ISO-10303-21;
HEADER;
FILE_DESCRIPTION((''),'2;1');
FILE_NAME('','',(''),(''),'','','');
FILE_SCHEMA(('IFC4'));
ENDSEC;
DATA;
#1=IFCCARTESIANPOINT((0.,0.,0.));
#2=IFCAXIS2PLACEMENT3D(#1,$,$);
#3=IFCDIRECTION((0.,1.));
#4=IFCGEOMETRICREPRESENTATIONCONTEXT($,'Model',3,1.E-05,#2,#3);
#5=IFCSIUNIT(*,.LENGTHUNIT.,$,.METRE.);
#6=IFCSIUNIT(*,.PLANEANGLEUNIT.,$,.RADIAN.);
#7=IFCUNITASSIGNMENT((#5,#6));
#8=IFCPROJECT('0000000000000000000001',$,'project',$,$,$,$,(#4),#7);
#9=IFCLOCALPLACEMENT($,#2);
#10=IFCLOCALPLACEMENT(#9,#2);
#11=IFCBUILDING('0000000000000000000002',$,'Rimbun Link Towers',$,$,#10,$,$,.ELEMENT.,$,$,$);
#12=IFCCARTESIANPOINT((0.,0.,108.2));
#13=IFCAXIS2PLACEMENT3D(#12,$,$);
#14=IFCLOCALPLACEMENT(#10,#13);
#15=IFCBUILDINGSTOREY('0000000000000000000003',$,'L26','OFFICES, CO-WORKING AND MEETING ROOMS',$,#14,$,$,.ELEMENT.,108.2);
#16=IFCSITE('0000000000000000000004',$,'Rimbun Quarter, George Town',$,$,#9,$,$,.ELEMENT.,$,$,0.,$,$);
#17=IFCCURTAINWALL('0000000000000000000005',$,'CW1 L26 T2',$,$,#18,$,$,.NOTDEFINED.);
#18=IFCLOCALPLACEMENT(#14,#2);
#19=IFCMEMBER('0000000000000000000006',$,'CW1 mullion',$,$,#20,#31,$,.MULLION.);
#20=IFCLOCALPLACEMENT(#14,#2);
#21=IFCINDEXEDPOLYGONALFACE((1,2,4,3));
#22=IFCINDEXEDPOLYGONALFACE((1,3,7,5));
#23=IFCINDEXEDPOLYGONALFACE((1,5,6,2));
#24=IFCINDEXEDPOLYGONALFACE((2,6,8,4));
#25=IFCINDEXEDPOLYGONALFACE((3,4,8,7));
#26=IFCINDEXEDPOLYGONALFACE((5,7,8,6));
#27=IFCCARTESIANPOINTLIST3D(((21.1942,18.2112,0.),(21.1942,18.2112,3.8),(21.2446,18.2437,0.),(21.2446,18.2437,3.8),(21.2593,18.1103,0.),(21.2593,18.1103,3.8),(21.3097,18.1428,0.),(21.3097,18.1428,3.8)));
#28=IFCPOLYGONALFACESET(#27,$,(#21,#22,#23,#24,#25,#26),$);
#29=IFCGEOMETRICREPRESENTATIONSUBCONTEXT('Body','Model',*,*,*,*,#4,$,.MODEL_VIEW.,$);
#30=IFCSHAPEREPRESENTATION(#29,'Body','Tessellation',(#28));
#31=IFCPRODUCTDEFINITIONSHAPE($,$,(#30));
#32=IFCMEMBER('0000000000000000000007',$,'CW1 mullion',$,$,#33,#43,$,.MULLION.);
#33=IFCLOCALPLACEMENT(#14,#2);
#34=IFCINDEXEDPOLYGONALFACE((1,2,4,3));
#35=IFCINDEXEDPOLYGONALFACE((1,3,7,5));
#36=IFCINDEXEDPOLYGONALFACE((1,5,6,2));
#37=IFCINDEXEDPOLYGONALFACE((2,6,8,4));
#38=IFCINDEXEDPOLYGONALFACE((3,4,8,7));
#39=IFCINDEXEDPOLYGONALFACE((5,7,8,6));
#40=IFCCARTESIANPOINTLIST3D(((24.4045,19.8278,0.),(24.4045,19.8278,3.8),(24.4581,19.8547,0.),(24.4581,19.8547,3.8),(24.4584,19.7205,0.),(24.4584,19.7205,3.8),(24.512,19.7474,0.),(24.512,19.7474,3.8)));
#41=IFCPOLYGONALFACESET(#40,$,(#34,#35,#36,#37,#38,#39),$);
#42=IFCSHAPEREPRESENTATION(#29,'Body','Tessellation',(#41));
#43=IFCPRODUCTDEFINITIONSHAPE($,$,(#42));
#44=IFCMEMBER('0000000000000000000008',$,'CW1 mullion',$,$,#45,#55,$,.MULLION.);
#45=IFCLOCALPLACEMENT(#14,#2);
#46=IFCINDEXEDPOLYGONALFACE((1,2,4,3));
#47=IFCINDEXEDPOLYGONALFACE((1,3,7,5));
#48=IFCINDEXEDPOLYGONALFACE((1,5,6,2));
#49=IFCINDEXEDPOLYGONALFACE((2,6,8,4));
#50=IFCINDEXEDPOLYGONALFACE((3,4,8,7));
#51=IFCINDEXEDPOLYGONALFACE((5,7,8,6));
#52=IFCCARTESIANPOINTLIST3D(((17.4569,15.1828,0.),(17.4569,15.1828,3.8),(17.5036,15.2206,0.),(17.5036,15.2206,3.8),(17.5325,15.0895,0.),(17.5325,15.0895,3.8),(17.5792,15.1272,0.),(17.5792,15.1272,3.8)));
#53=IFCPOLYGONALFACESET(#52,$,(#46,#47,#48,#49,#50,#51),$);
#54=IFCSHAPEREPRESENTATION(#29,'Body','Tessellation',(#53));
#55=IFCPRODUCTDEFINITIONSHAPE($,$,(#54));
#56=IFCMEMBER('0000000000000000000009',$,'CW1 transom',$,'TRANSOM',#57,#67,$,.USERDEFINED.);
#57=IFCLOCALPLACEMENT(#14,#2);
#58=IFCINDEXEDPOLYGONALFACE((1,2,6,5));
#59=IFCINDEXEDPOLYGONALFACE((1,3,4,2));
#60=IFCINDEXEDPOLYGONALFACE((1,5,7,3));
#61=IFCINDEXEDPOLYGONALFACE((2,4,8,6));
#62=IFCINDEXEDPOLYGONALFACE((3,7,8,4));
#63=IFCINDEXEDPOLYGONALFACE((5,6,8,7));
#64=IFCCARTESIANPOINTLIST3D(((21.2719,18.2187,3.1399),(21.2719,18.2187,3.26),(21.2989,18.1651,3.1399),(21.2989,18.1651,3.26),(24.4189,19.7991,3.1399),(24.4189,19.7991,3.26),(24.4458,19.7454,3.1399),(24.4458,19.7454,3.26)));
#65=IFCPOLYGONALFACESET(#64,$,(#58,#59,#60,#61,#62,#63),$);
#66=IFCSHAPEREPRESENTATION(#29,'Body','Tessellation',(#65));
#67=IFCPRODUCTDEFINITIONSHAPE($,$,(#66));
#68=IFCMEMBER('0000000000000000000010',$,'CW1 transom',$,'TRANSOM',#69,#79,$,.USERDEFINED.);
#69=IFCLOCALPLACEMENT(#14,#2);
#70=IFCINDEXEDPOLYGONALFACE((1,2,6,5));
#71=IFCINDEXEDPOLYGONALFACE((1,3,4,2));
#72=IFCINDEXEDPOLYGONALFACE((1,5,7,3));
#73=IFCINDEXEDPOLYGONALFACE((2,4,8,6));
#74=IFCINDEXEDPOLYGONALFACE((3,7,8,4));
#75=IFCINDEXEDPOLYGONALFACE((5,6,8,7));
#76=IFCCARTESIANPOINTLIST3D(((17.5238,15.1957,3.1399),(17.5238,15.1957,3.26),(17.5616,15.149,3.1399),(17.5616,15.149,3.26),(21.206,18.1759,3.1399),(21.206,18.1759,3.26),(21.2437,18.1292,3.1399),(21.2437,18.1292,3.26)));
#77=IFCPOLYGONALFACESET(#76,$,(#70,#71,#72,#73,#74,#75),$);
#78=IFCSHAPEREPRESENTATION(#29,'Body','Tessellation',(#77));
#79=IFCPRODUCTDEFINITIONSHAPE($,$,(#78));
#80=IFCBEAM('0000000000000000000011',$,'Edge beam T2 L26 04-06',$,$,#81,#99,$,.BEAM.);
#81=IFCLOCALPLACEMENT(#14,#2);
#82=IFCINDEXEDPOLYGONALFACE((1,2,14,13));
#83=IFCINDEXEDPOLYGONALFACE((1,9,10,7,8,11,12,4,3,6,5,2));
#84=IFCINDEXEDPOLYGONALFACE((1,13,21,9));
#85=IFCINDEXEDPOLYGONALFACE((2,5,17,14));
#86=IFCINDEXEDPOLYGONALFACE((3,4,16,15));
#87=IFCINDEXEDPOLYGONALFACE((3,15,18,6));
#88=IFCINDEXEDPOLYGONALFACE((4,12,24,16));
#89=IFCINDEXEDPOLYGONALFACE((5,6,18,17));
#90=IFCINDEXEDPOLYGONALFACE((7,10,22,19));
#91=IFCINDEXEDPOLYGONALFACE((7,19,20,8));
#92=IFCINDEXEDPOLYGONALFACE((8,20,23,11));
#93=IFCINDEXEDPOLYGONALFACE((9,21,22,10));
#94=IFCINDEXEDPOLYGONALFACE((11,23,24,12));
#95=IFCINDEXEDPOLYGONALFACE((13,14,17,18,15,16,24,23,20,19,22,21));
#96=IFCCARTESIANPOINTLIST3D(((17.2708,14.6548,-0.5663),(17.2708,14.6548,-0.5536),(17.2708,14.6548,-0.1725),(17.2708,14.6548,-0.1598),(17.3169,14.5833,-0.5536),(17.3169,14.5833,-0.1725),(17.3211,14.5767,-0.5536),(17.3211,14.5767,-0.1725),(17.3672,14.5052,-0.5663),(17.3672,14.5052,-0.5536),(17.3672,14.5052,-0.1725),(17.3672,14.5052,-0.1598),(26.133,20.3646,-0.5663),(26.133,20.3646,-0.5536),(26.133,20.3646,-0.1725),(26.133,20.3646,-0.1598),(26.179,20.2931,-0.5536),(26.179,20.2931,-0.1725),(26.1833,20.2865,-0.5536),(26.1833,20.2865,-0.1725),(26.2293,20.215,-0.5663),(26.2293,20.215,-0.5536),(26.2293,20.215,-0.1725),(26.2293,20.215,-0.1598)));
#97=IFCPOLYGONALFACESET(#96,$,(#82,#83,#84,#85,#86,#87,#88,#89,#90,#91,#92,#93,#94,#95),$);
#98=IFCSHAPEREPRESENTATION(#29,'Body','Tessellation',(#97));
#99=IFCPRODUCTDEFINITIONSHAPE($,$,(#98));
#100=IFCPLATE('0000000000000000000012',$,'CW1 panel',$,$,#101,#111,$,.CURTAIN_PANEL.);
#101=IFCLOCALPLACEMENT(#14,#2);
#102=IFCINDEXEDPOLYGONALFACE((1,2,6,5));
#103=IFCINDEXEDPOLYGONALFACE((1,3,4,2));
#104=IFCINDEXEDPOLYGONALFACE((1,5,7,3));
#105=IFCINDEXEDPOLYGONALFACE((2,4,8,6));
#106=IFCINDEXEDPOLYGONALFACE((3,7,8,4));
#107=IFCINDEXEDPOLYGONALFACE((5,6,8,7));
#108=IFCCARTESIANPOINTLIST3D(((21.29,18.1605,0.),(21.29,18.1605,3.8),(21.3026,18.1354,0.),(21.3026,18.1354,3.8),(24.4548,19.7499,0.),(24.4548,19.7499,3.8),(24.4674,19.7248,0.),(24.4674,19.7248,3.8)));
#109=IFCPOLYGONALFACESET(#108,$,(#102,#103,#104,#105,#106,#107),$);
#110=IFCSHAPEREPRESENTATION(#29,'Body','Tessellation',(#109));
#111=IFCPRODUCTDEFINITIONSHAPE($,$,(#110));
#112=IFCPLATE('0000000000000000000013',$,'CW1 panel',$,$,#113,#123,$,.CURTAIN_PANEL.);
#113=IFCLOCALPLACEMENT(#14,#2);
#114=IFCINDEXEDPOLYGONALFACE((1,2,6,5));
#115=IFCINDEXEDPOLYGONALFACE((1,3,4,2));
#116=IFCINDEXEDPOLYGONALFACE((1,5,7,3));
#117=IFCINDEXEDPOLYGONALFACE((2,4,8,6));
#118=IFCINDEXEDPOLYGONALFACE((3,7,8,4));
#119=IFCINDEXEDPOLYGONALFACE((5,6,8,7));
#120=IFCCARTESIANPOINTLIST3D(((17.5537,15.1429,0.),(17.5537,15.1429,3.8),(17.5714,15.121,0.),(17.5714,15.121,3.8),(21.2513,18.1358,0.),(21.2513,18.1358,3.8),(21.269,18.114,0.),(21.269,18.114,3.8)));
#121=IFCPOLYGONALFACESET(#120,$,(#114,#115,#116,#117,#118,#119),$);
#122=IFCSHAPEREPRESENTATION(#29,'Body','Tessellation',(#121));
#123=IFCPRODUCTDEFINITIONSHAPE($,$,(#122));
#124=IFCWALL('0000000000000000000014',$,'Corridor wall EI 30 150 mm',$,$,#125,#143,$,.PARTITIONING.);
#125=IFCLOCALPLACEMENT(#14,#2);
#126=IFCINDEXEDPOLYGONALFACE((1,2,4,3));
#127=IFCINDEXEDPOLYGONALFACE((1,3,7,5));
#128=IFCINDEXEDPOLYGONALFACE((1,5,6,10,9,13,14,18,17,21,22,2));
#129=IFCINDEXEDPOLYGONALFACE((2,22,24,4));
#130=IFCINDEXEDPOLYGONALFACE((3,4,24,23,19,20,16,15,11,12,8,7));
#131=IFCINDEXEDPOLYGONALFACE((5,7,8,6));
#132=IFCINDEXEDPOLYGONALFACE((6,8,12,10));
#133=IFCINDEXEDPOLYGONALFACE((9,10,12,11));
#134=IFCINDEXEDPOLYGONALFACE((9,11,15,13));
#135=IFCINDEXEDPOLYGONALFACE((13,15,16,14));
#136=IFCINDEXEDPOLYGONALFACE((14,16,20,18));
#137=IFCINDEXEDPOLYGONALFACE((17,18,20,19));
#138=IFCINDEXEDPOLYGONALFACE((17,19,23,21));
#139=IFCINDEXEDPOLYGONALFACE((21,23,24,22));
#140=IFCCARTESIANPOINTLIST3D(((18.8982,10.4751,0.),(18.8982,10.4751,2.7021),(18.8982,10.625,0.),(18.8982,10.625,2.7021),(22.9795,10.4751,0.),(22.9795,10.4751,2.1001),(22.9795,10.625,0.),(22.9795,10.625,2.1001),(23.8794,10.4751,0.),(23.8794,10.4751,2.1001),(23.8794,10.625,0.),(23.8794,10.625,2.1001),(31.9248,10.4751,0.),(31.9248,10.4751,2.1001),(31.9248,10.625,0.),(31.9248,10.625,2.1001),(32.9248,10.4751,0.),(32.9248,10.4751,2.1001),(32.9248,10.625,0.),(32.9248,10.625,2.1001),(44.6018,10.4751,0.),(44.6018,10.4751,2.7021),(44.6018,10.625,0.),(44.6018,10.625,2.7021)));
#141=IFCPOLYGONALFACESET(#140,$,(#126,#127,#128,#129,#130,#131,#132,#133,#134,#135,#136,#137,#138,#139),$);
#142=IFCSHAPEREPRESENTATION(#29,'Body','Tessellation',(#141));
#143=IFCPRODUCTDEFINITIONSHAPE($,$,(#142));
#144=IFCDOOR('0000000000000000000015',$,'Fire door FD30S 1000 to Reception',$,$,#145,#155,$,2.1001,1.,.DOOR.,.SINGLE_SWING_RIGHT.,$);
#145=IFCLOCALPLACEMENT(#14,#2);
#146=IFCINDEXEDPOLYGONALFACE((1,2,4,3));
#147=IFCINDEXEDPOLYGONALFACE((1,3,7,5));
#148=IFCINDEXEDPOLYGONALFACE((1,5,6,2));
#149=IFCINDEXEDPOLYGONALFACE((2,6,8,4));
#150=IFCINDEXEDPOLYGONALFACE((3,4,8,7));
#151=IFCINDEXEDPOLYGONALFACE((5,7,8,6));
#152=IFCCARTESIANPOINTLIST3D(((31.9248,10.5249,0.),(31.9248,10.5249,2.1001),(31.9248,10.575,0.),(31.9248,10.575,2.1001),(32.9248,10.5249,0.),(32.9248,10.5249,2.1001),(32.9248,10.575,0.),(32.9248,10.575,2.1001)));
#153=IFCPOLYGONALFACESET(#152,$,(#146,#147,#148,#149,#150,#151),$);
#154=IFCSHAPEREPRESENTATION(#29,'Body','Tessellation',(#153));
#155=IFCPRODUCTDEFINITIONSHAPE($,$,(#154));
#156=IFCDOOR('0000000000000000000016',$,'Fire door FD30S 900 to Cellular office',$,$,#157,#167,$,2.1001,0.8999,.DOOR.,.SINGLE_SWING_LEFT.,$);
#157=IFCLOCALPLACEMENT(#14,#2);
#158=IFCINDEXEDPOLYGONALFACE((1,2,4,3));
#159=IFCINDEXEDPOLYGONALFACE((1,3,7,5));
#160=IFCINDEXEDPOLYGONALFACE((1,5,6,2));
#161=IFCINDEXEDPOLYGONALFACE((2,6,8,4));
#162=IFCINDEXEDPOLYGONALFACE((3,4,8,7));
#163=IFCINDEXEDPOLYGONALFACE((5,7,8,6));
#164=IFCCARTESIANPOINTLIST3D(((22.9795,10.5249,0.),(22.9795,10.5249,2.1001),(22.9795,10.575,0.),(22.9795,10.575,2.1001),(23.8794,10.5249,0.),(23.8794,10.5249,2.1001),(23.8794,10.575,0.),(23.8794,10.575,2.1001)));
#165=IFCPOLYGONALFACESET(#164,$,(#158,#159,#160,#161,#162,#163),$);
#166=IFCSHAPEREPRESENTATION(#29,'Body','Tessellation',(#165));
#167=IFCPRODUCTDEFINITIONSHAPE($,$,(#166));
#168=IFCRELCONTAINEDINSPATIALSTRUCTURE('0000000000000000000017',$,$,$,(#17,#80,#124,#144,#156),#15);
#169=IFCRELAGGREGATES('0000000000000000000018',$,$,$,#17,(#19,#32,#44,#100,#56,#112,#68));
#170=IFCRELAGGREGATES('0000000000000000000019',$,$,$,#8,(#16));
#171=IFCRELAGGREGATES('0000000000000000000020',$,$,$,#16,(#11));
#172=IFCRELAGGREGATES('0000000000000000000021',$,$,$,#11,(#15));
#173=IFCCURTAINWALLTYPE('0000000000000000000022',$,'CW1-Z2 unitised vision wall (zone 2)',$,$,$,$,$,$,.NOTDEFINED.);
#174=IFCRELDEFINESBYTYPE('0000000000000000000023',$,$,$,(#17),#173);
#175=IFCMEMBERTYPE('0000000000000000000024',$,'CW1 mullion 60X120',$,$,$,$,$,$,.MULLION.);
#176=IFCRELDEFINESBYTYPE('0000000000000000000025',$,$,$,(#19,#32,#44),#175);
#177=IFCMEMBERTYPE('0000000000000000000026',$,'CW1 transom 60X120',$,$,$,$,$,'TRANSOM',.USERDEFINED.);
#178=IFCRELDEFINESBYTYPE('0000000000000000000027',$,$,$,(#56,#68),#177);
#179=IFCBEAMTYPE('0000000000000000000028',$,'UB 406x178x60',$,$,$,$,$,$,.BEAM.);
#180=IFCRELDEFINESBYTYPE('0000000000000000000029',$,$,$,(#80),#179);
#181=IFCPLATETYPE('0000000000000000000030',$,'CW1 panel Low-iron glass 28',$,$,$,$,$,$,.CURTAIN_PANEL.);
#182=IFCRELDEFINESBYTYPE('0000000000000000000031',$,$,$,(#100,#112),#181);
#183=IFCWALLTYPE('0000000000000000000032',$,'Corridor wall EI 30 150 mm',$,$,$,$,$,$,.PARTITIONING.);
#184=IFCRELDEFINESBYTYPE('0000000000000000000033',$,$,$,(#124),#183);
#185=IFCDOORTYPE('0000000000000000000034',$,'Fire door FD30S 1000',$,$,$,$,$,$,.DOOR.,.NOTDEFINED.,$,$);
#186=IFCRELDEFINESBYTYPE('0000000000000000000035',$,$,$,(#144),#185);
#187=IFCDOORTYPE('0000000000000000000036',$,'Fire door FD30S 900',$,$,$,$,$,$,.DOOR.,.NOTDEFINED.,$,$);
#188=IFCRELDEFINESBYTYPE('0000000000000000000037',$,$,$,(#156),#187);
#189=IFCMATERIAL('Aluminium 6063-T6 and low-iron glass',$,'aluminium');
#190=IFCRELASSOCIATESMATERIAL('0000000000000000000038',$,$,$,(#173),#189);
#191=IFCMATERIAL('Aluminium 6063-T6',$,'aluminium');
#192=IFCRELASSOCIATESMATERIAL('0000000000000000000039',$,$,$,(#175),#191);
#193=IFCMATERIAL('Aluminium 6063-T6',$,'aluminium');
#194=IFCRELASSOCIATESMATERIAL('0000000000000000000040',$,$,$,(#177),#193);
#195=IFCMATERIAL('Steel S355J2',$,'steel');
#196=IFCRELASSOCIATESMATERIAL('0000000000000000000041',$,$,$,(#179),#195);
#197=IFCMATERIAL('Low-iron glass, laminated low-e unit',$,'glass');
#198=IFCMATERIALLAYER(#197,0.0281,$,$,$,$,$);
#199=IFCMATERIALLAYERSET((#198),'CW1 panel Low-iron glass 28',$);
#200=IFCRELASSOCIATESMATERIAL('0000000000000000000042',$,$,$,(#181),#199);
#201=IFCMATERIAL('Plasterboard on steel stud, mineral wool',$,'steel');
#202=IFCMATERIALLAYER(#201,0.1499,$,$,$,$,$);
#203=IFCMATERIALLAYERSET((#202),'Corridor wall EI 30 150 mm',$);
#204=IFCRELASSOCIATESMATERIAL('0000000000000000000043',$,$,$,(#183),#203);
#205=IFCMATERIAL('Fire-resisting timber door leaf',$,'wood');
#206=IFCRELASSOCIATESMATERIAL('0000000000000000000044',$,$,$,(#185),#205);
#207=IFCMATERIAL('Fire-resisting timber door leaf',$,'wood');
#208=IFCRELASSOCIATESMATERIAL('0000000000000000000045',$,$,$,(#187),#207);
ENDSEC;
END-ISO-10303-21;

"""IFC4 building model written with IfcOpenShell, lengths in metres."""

from ifc_helpers import new_model, si_unit, direction, frame, frame_2d, origin, origin_2d, place, context, subcontext, project, spatial, rectangle, i_section, extrude, material, layer, layer_set, material_profile, profile_set, type_object, element, fill, aggregate, save


model = new_model("IFC4")

# Units and contexts
model_context = context("Model", 3, precision=1e-05, world=origin(), true_north=direction((0.0, 1.0)))
body_context = subcontext(model_context, "Body", "Model", "MODEL_VIEW")
ifc_project = project(units=[si_unit("LENGTHUNIT", "METRE"), si_unit("PLANEANGLEUNIT", "RADIAN")], contexts=[model_context])

# Site, building, storey
site_placement = place(None, origin())
site = spatial("IfcSite", under=ifc_project, at=site_placement, Name="Rimbun Quarter, George Town", CompositionType="ELEMENT", RefElevation=0.0)
building_placement = place(site_placement, origin())
building = spatial("IfcBuilding", under=site, at=building_placement, Name="Rimbun Link Towers", CompositionType="ELEMENT")
storey_placement = place(building_placement, frame((0.0, 0.0, 108.2)))
storey = spatial("IfcBuildingStorey", under=building, at=storey_placement, Name="L26", Description="OFFICES, CO-WORKING AND MEETING ROOMS", CompositionType="ELEMENT", Elevation=108.2)

# Curtain wall, members
ifc_material_1 = material(Name="Aluminium 6063-T6 and low-iron glass", Category="aluminium")
curtain_wall_type = type_object("IfcCurtainWallType", Name="CW1-Z2 unitised vision wall (zone 2)", PredefinedType="NOTDEFINED", material=ifc_material_1)
curtain_wall_placement = place(storey_placement, origin())
curtain_wall = element("IfcCurtainWall", 1, at=curtain_wall_placement, inside=storey, type_object=curtain_wall_type, Name="CW1 L26 T2", PredefinedType="NOTDEFINED")
ifc_material_2 = material(Name="Aluminium 6063-T6", Category="aluminium")
ifc_material_profile_1 = material_profile(ifc_material_2, rectangle(XDim=0.1201, YDim=0.0601, at=origin_2d()), Name="MULLION 60X120")
ifc_profile_set_1 = profile_set([ifc_material_profile_1], Name="Aluminium 6063-T6")
member_type_1 = type_object("IfcMemberType", Name="CW1 mullion 60X120", PredefinedType="MULLION", material=ifc_profile_set_1)
member_1_placement = place(storey_placement, frame((21.252, 18.177, 0.0), z_axis=(0.0, 0.0, 1.0), x_axis=(-0.542101, 0.840313, 0.0)))
member_1 = element("IfcMember", 2, at=member_1_placement, type_object=member_type_1, Name="CW1 mullion", PredefinedType="MULLION", context=body_context, shape_type="SweptSolid", body=[
    extrude(rectangle(XDim=0.1201, YDim=0.0601, at=origin_2d()), origin(), (0.0, 0.0, 1.0), 3.8),
])
member_2_placement = place(storey_placement, frame((24.4583, 19.7876, 0.0), z_axis=(0.0, 0.0, 1.0), x_axis=(-0.448789, 0.893638, 0.0)))
member_2 = element("IfcMember", 3, at=member_2_placement, type_object=member_type_1, Name="CW1 mullion", PredefinedType="MULLION", context=body_context, shape_type="SweptSolid", body=[
    extrude(rectangle(XDim=0.1201, YDim=0.0601, at=origin_2d()), origin(), (0.0, 0.0, 1.0), 3.8),
])
member_3_placement = place(storey_placement, frame((17.5181, 15.155, 0.0), z_axis=(0.0, 0.0, 1.0), x_axis=(-0.629151, 0.777283, 0.0)))
member_3 = element("IfcMember", 4, at=member_3_placement, type_object=member_type_1, Name="CW1 mullion", PredefinedType="MULLION", context=body_context, shape_type="SweptSolid", body=[
    extrude(rectangle(XDim=0.1201, YDim=0.0601, at=origin_2d()), origin(), (0.0, 0.0, 1.0), 3.8),
])
ifc_material_3 = material(Name="Aluminium 6063-T6", Category="aluminium")
ifc_material_profile_2 = material_profile(ifc_material_3, rectangle(XDim=0.0601, YDim=0.1201, at=origin_2d()), Name="TRANSOM 60X120")
ifc_profile_set_2 = profile_set([ifc_material_profile_2], Name="Aluminium 6063-T6")
member_type_2 = type_object("IfcMemberType", Name="CW1 transom 60X120", ElementType="TRANSOM", PredefinedType="USERDEFINED", material=ifc_profile_set_2)
member_4_placement = place(storey_placement, frame((21.2854, 18.1919, 3.2), z_axis=(0.893649, 0.448766, 0.0), x_axis=(-0.448766, 0.893649, 0.0)))
member_4 = element("IfcMember", 5, at=member_4_placement, type_object=member_type_2, Name="CW1 transom", ObjectType="TRANSOM", PredefinedType="USERDEFINED", context=body_context, shape_type="SweptSolid", body=[
    extrude(rectangle(XDim=0.0601, YDim=0.1201, at=origin_2d()), origin(), (0.0, 0.0, 1.0), 3.5215),
])
member_5_placement = place(storey_placement, frame((17.5427, 15.1724, 3.2), z_axis=(0.777301, 0.629129, 0.0), x_axis=(-0.629129, 0.777301, 0.0)))
member_5 = element("IfcMember", 6, at=member_5_placement, type_object=member_type_2, Name="CW1 transom", ObjectType="TRANSOM", PredefinedType="USERDEFINED", context=body_context, shape_type="SweptSolid", body=[
    extrude(rectangle(XDim=0.0601, YDim=0.1201, at=origin_2d()), origin(), (0.0, 0.0, 1.0), 4.7371),
])

# Beam
ifc_material_4 = material(Name="Steel S355J2", Category="steel")
ifc_material_profile_3 = material_profile(ifc_material_4, i_section(OverallWidth=0.178, OverallDepth=0.4065, WebThickness=0.0078, FlangeThickness=0.0127, at=origin_2d()), Name="UB 406x178x60")
ifc_profile_set_3 = profile_set([ifc_material_profile_3], Name="Steel S355J2")
beam_type = type_object("IfcBeamType", Name="UB 406x178x60", PredefinedType="BEAM", material=ifc_profile_set_3)
beam_placement = place(storey_placement, frame((26.1812, 20.2898, -0.363), z_axis=(-0.840631, -0.541608, 0.0), x_axis=(0.541608, -0.840631, 0.0)))
element("IfcBeam", 7, at=beam_placement, inside=storey, type_object=beam_type, Name="Edge beam T2 L26 04-06", PredefinedType="BEAM", context=body_context, shape_type="SweptSolid", body=[
    extrude(i_section(OverallWidth=0.178, OverallDepth=0.4065, WebThickness=0.0078, FlangeThickness=0.0127, at=origin_2d()), origin(), (0.0, 0.0, 1.0), 10.5422),
])

# Plates
ifc_material_5 = material(Name="Low-iron glass, laminated low-e unit", Category="glass")
ifc_layer_1 = layer(ifc_material_5, 0.0281)
ifc_layer_set_1 = layer_set([ifc_layer_1], Name="CW1 panel Low-iron glass 28")
plate_type = type_object("IfcPlateType", Name="CW1 panel Low-iron glass 28", PredefinedType="CURTAIN_PANEL", material=ifc_layer_set_1)
plate_1_placement = place(storey_placement, frame((22.8787, 18.9426, 0.0), z_axis=(0.0, 0.0, 1.0), x_axis=(0.893638, 0.448789, 0.0)))
plate_1 = element("IfcPlate", 8, at=plate_1_placement, type_object=plate_type, Name="CW1 panel", PredefinedType="CURTAIN_PANEL", context=body_context, shape_type="SweptSolid", body=[
    extrude(rectangle(XDim=3.5415, YDim=0.0281, at=origin_2d()), origin(), (0.0, 0.0, 1.0), 3.8),
])
plate_2_placement = place(storey_placement, frame((19.4114, 16.6284, 0.0), z_axis=(0.0, 0.0, 1.0), x_axis=(0.777283, 0.629151, 0.0)))
plate_2 = element("IfcPlate", 9, at=plate_2_placement, type_object=plate_type, Name="CW1 panel", PredefinedType="CURTAIN_PANEL", context=body_context, shape_type="SweptSolid", body=[
    extrude(rectangle(XDim=4.7571, YDim=0.0281, at=origin_2d()), origin(), (0.0, 0.0, 1.0), 3.8),
])
aggregate(curtain_wall, [member_1, member_2, member_3, plate_1, member_4, plate_2, member_5])

# Wall, openings, doors
ifc_material_6 = material(Name="Plasterboard on steel stud, mineral wool", Category="steel")
ifc_layer_2 = layer(ifc_material_6, 0.1499)
ifc_layer_set_2 = layer_set([ifc_layer_2], Name="Corridor wall EI 30 150 mm")
wall_type_1 = type_object("IfcWallType", Name="Corridor wall EI 30 150 mm", PredefinedType="PARTITIONING", material=ifc_layer_set_2)
wall_1_placement = place(storey_placement, frame((18.8982, 10.55, 0.0), z_axis=(0.0, 0.0, 1.0), x_axis=(1.0, 0.0, 0.0)))
wall_1 = element("IfcWall", 10, at=wall_1_placement, inside=storey, type_object=wall_type_1, Name="Corridor wall EI 30 150 mm", PredefinedType="PARTITIONING", context=body_context, shape_type="SweptSolid", body=[
    extrude(rectangle(XDim=25.7036, YDim=0.1499, at=frame_2d((12.8518, 0.0))), origin(), (0.0, 0.0, 1.0), 2.7021),
])
opening_1_placement = place(wall_1_placement, frame((13.0266, 0.0, 0.0)))
opening_1 = element("IfcOpeningElement", 11, at=opening_1_placement, cuts=wall_1, PredefinedType="OPENING", context=body_context, shape_type="SweptSolid", body=[
    extrude(rectangle(XDim=1.0, YDim=2.1001, at=frame_2d((0.5, 1.05))), frame((0.0, 0.085, 0.0), z_axis=(0.0, -1.0, 0.0), x_axis=(1.0, 0.0, 0.0)), (0.0, 0.0, 1.0), 0.1699),
])
opening_2_placement = place(wall_1_placement, frame((4.0813, 0.0, 0.0)))
opening_2 = element("IfcOpeningElement", 12, at=opening_2_placement, cuts=wall_1, PredefinedType="OPENING", context=body_context, shape_type="SweptSolid", body=[
    extrude(rectangle(XDim=0.8999, YDim=2.1001, at=frame_2d((0.45, 1.05))), frame((0.0, 0.085, 0.0), z_axis=(0.0, -1.0, 0.0), x_axis=(1.0, 0.0, 0.0)), (0.0, 0.0, 1.0), 0.1699),
])
ifc_material_7 = material(Name="Fire-resisting timber door leaf", Category="wood")
door_type_1 = type_object("IfcDoorType", Name="Fire door FD30S 1000", OperationType="NOTDEFINED", PredefinedType="DOOR", material=ifc_material_7)
door_1_placement = place(opening_1_placement, origin())
door_1 = element("IfcDoor", 13, at=door_1_placement, inside=storey, type_object=door_type_1, Name="Fire door FD30S 1000 to Reception", OperationType="SINGLE_SWING_RIGHT", OverallHeight=2.1001, OverallWidth=1.0, PredefinedType="DOOR", context=body_context, shape_type="SweptSolid", body=[
    extrude(rectangle(XDim=1.0, YDim=2.1001, at=frame_2d((0.5, 1.05))), frame((0.0, 0.0249, 0.0), z_axis=(0.0, -1.0, 0.0), x_axis=(1.0, 0.0, 0.0)), (0.0, 0.0, 1.0), 0.05),
])
fill(opening_1, door_1)
ifc_material_8 = material(Name="Fire-resisting timber door leaf", Category="wood")
door_type_2 = type_object("IfcDoorType", Name="Fire door FD30S 900", OperationType="NOTDEFINED", PredefinedType="DOOR", material=ifc_material_8)
door_2_placement = place(opening_2_placement, origin())
door_2 = element("IfcDoor", 14, at=door_2_placement, inside=storey, type_object=door_type_2, Name="Fire door FD30S 900 to Cellular office", OperationType="SINGLE_SWING_LEFT", OverallHeight=2.1001, OverallWidth=0.8999, PredefinedType="DOOR", context=body_context, shape_type="SweptSolid", body=[
    extrude(rectangle(XDim=0.8999, YDim=2.1001, at=frame_2d((0.45, 1.05))), frame((0.0, 0.0249, 0.0), z_axis=(0.0, -1.0, 0.0), x_axis=(1.0, 0.0, 0.0)), (0.0, 0.0, 1.0), 0.05),
])
fill(opening_2, door_2)

save(model, "model.ifc")
